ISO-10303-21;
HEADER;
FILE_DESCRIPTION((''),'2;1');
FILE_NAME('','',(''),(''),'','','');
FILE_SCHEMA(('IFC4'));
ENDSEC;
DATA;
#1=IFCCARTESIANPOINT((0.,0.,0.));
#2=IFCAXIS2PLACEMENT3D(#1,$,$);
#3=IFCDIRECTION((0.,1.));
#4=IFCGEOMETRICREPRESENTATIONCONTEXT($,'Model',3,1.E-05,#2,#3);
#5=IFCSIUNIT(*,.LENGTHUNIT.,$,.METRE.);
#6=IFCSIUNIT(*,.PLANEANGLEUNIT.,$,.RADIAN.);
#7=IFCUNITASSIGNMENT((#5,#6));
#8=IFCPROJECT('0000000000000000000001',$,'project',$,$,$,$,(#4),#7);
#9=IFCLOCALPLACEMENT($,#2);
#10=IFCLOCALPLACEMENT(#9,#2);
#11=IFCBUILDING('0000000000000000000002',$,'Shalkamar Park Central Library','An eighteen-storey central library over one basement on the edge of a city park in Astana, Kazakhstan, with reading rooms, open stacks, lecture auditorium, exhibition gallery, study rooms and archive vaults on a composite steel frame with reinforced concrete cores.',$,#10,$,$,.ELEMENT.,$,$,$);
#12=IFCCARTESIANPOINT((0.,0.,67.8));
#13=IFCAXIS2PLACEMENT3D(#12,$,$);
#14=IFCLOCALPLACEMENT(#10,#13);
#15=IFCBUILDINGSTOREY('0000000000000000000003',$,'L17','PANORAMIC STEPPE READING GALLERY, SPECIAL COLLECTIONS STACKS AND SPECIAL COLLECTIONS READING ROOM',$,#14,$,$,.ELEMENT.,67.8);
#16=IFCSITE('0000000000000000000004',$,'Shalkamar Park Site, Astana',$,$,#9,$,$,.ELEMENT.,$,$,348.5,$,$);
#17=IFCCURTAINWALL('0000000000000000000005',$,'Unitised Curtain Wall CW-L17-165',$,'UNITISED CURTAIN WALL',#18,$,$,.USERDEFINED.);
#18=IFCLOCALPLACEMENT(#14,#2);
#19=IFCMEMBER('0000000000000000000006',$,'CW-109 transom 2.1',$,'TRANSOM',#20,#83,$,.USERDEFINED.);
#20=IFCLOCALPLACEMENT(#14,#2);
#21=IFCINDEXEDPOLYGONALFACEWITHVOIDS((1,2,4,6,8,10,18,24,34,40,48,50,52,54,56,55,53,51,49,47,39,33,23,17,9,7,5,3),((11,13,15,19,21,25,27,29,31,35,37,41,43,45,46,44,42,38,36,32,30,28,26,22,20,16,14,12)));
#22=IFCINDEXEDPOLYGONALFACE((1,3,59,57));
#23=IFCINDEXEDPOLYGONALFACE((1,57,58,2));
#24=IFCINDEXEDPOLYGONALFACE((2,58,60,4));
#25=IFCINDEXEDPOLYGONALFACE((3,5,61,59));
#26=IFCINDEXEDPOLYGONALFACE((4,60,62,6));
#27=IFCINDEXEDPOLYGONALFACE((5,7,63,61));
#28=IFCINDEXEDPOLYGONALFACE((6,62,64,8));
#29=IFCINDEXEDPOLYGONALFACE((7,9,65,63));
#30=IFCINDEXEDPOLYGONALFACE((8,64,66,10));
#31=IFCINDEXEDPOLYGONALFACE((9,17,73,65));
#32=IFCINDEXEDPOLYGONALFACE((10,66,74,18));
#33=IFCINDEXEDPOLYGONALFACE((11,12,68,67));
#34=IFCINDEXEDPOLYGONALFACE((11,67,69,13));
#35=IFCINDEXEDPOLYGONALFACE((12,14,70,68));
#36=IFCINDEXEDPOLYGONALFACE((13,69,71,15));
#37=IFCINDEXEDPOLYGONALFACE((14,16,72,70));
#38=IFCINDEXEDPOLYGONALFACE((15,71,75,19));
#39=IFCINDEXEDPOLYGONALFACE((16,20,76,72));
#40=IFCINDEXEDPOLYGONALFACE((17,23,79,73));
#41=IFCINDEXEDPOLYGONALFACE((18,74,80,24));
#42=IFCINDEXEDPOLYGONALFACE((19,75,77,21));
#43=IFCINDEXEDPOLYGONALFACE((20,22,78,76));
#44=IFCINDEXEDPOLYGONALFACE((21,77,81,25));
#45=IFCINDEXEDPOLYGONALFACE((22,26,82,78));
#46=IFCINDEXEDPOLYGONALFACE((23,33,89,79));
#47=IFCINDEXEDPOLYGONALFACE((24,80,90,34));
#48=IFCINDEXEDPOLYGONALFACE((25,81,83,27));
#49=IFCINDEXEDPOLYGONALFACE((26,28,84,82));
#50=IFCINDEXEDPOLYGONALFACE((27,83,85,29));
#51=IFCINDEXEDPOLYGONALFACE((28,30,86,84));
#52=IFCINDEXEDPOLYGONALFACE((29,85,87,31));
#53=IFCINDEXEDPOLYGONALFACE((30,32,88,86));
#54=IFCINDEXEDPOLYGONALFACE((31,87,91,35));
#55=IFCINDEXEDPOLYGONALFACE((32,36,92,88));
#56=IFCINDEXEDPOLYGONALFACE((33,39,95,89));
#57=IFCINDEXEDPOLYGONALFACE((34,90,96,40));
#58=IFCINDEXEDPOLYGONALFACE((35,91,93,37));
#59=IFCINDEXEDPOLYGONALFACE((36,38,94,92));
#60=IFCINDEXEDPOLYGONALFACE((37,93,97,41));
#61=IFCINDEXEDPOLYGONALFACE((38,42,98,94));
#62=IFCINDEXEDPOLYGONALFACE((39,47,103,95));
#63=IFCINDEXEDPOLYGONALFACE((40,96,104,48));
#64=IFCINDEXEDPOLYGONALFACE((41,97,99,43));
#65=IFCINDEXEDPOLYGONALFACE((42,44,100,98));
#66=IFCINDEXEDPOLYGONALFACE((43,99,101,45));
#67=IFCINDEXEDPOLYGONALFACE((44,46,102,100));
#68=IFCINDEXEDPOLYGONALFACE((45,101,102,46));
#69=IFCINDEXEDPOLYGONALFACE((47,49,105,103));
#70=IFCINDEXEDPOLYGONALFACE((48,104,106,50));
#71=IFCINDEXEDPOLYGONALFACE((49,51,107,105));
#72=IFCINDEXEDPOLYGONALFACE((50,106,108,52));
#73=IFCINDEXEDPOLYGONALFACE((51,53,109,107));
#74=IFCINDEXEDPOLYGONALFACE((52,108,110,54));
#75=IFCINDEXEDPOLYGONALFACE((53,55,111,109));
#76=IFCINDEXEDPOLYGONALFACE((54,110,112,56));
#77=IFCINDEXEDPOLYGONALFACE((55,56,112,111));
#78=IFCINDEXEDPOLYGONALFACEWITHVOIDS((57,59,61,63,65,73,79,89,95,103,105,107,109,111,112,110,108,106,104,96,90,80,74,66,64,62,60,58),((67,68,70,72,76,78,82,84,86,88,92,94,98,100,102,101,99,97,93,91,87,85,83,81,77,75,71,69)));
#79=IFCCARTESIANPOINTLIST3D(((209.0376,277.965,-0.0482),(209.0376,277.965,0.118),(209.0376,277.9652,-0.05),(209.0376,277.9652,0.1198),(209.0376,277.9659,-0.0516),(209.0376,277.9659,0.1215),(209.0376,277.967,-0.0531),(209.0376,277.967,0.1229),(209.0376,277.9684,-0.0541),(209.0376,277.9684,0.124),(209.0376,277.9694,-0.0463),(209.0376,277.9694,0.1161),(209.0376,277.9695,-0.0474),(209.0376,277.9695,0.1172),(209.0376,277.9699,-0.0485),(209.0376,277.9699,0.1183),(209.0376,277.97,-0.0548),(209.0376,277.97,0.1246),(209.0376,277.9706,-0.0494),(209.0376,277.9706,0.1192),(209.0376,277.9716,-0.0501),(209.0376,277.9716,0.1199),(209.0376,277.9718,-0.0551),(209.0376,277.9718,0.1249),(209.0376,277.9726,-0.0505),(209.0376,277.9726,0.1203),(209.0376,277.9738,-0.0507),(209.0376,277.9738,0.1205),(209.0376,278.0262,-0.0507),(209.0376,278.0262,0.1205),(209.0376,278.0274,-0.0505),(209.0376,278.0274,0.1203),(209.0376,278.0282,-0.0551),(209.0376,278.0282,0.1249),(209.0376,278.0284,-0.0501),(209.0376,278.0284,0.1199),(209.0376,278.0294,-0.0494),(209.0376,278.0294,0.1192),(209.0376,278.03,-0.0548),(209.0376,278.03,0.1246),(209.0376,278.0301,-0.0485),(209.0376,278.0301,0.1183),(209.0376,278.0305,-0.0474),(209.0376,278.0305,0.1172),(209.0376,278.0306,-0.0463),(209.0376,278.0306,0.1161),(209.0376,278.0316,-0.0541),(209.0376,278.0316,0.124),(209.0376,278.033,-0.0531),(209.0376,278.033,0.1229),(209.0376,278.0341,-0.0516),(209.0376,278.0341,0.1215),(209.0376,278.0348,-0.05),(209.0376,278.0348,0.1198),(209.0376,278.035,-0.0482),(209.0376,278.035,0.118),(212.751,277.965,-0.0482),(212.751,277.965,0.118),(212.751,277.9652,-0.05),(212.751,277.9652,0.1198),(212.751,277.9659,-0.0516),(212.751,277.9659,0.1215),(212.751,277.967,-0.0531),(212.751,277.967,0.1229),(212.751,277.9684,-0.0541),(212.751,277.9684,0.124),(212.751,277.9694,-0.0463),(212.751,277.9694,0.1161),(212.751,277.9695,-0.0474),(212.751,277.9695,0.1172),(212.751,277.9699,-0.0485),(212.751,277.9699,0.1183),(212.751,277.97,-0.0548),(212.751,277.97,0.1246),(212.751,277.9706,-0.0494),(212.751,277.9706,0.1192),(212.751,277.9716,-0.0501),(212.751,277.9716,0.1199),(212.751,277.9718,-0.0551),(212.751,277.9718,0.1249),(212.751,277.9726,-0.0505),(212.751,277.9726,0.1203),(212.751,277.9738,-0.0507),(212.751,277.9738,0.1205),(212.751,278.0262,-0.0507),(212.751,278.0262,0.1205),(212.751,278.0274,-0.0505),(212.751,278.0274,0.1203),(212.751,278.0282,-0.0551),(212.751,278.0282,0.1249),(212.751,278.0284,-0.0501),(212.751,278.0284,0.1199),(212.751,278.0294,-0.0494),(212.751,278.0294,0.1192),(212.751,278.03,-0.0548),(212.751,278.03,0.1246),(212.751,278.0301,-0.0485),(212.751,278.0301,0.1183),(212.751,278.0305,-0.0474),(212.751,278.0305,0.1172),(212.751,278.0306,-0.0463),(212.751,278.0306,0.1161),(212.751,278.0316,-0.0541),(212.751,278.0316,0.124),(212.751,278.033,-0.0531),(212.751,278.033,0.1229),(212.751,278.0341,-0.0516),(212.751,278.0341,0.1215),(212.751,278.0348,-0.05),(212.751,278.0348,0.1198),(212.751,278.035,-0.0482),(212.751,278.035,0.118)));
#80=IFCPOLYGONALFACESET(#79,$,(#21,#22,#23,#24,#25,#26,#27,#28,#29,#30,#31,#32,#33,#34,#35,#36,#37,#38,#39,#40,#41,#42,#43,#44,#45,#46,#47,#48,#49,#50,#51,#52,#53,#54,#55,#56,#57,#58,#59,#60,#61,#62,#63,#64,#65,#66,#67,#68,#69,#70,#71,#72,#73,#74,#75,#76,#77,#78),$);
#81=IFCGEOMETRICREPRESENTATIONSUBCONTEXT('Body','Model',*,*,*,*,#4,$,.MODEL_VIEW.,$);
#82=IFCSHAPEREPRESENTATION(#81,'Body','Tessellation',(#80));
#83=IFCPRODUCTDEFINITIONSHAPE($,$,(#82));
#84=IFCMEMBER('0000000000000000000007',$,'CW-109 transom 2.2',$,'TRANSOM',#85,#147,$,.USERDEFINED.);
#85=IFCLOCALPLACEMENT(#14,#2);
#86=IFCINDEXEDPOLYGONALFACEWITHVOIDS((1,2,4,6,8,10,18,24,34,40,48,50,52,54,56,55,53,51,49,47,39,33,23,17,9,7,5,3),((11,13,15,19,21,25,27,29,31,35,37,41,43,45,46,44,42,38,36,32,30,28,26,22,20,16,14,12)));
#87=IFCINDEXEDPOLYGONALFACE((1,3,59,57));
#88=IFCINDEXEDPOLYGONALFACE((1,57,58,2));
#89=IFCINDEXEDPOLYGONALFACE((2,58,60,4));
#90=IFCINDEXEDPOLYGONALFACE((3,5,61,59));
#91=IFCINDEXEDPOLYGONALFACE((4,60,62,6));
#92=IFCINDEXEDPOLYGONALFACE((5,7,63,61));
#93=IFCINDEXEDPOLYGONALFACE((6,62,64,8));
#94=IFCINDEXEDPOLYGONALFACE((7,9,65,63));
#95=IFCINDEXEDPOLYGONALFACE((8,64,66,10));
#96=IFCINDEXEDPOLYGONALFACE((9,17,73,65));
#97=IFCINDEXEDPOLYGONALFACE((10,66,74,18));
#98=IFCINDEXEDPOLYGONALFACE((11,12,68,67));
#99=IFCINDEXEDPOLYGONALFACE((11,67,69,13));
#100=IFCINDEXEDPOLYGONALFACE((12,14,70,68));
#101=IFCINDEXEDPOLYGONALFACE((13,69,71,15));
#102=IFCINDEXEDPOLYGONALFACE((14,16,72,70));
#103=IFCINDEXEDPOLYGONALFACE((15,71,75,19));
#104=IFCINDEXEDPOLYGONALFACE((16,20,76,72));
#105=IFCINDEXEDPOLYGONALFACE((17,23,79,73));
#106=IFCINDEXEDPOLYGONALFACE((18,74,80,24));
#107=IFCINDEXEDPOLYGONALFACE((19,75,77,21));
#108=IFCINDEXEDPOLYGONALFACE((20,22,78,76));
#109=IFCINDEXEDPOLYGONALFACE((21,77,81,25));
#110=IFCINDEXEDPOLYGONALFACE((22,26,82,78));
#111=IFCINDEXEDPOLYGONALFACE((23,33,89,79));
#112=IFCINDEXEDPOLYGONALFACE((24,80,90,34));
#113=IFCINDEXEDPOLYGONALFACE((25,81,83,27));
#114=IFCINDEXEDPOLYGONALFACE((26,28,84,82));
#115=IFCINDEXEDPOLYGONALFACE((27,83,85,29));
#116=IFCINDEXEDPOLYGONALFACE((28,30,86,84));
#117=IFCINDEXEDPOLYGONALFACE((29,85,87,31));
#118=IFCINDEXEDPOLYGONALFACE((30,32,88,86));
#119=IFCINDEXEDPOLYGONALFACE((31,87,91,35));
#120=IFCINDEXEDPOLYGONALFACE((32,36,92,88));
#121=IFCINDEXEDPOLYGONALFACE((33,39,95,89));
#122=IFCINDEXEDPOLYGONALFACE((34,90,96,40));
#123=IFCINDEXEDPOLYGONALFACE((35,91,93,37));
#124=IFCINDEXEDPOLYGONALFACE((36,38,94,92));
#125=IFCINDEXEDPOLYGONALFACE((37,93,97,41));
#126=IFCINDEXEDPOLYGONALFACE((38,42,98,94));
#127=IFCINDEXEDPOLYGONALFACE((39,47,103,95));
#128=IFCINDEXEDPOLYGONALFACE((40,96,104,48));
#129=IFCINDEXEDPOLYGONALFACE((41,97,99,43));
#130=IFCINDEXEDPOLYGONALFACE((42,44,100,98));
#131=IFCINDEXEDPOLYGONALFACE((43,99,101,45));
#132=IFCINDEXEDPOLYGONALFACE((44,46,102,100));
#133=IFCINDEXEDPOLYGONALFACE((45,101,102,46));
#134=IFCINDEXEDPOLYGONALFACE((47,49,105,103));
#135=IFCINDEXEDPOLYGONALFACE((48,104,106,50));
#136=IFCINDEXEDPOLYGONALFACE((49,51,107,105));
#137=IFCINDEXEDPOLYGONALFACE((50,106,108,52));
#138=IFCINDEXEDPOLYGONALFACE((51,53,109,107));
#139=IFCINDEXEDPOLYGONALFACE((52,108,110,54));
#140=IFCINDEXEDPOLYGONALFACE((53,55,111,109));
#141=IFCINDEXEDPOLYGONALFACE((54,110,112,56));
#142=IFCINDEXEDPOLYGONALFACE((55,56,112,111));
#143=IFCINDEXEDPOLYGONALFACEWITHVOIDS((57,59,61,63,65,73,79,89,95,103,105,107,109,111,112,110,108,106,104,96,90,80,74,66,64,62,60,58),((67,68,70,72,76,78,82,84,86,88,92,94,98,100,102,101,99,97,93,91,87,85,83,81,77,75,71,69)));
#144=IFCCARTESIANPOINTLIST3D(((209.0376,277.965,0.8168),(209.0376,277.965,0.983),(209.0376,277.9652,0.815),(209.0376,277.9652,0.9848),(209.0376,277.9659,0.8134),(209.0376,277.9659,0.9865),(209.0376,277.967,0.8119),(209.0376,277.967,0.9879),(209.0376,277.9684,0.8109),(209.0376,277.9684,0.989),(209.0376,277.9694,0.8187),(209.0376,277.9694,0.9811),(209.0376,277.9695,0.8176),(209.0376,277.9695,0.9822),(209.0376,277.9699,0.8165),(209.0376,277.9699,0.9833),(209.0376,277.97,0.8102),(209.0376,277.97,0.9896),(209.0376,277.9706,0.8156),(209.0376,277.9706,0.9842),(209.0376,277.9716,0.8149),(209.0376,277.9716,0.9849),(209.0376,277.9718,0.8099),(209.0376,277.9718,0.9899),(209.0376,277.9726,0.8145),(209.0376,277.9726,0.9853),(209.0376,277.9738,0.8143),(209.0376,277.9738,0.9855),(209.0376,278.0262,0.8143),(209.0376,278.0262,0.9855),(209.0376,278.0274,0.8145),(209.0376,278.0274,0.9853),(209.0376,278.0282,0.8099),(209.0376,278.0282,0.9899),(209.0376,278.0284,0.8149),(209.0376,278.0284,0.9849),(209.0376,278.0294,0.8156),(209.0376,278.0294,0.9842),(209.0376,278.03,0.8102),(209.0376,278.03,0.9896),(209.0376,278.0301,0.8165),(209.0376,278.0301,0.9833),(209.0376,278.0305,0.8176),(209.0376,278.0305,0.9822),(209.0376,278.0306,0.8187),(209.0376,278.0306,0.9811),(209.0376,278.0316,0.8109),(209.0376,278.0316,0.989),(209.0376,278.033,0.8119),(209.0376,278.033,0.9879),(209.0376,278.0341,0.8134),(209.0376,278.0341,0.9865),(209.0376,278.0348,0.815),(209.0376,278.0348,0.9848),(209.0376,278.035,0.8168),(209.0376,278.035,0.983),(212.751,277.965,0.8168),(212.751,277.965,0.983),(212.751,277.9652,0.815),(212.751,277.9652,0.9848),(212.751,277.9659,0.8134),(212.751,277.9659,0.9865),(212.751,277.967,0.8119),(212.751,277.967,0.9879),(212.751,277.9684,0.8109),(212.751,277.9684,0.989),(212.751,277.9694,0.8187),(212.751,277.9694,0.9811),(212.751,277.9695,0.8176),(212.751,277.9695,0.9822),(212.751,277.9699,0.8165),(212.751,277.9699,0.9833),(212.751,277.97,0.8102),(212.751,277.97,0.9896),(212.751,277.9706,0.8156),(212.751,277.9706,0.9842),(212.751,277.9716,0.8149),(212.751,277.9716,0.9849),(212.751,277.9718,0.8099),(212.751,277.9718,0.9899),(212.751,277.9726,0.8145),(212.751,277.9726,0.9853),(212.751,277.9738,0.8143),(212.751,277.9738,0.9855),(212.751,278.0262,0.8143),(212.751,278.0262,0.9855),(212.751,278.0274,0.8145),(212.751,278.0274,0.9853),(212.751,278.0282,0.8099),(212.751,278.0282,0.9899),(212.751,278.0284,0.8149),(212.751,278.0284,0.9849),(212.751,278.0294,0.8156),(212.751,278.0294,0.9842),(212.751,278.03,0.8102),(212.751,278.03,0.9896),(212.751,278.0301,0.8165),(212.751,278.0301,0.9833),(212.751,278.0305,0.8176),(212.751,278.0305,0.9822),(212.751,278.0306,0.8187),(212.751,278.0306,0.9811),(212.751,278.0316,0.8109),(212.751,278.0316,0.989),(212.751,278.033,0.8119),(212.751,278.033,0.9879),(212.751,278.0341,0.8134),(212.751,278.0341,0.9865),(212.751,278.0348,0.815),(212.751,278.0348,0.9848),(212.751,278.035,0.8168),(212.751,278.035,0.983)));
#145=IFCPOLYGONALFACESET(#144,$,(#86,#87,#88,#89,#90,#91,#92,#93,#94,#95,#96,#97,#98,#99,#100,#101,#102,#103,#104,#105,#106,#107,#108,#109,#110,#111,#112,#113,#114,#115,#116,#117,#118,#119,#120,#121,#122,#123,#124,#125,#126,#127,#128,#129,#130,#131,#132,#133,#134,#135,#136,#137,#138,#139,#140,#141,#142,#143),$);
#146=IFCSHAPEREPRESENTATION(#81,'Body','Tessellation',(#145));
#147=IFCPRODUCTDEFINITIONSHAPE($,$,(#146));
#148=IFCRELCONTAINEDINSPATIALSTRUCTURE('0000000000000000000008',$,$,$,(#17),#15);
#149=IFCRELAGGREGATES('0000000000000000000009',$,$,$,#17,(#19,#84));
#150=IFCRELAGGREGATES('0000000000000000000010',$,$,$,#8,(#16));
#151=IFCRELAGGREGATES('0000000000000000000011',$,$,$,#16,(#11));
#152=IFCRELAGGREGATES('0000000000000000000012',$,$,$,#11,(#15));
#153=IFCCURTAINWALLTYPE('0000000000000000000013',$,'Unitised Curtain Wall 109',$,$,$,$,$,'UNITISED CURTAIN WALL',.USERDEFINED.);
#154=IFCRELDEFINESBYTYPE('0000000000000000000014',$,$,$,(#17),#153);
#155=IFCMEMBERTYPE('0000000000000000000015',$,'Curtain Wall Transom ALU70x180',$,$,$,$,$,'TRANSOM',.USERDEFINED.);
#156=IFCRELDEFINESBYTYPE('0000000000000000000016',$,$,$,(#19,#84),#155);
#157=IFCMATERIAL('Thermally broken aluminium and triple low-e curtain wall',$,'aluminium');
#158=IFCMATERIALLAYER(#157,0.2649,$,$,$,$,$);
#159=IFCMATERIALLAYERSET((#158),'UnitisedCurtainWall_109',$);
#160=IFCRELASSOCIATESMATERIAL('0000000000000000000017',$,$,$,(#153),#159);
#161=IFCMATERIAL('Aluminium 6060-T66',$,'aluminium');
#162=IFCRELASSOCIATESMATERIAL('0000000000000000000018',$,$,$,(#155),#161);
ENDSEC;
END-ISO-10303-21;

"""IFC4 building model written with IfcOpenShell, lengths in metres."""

from ifc_helpers import new_model, si_unit, direction, frame, origin, origin_2d, place, context, subcontext, project, spatial, hollow_rectangle, extrude, material, layer, layer_set, material_profile, profile_set, type_object, element, aggregate, save


model = new_model("IFC4")

# Units and contexts
model_context = context("Model", 3, precision=1e-05, world=origin(), true_north=direction((0.0, 1.0)))
body_context = subcontext(model_context, "Body", "Model", "MODEL_VIEW")
ifc_project = project(units=[si_unit("LENGTHUNIT", "METRE"), si_unit("PLANEANGLEUNIT", "RADIAN")], contexts=[model_context])

# Site, building, storey
site_placement = place(None, origin())
site = spatial("IfcSite", under=ifc_project, at=site_placement, Name="Shalkamar Park Site, Astana", CompositionType="ELEMENT", RefElevation=348.5)
building_placement = place(site_placement, origin())
building = spatial("IfcBuilding", under=site, at=building_placement, Name="Shalkamar Park Central Library", Description="An eighteen-storey central library over one basement on the edge of a city park in Astana, Kazakhstan, with reading rooms, open stacks, lecture auditorium, exhibition gallery, study rooms and archive vaults on a composite steel frame with reinforced concrete cores.", CompositionType="ELEMENT")
storey_placement = place(building_placement, frame((0.0, 0.0, 67.8)))
storey = spatial("IfcBuildingStorey", under=building, at=storey_placement, Name="L17", Description="PANORAMIC STEPPE READING GALLERY, SPECIAL COLLECTIONS STACKS AND SPECIAL COLLECTIONS READING ROOM", CompositionType="ELEMENT", Elevation=67.8)

# Shared definitions
ifc_material_1 = material(Name="Thermally broken aluminium and triple low-e curtain wall", Category="aluminium")
ifc_material_2 = material(Name="Aluminium 6060-T66", Category="aluminium")

# Curtain wall, members
ifc_layer_1 = layer(ifc_material_1, 0.2649)
ifc_layer_set_1 = layer_set([ifc_layer_1], Name="UnitisedCurtainWall_109")
curtain_wall_type_1 = type_object("IfcCurtainWallType", Name="Unitised Curtain Wall 109", ElementType="UNITISED CURTAIN WALL", PredefinedType="USERDEFINED", material=ifc_layer_set_1)
curtain_wall_1_placement = place(storey_placement, origin())
curtain_wall_1 = element("IfcCurtainWall", 1, at=curtain_wall_1_placement, inside=storey, type_object=curtain_wall_type_1, Name="Unitised Curtain Wall CW-L17-165", ObjectType="UNITISED CURTAIN WALL", PredefinedType="USERDEFINED")
ifc_material_profile_1 = material_profile(ifc_material_2, hollow_rectangle(XDim=0.0701, YDim=0.1799, WallThickness=0.0044, InnerFilletRadius=0.0044, OuterFilletRadius=0.0068, at=origin_2d()), Name="ALU 70x180x4.5")
ifc_profile_set_1 = profile_set([ifc_material_profile_1], Name="Aluminium 6060-T66")
member_type_1 = type_object("IfcMemberType", Name="Curtain Wall Transom ALU70x180", ElementType="TRANSOM", PredefinedType="USERDEFINED", material=ifc_profile_set_1)
member_1_placement = place(storey_placement, frame((209.0376, 278.0, 0.0349), z_axis=(1.0, 0.0, 0.0), x_axis=(0.0, 1.0, 0.0)))
member_1 = element("IfcMember", 2, at=member_1_placement, type_object=member_type_1, Name="CW-109 transom 2.1", ObjectType="TRANSOM", PredefinedType="USERDEFINED", context=body_context, shape_type="SweptSolid", body=[
    extrude(hollow_rectangle(XDim=0.0701, YDim=0.1799, WallThickness=0.0044, InnerFilletRadius=0.0044, OuterFilletRadius=0.0068, at=origin_2d()), origin(), (0.0, 0.0, 1.0), 3.7134),
])
member_2_placement = place(storey_placement, frame((209.0376, 278.0, 0.8999), z_axis=(1.0, 0.0, 0.0), x_axis=(0.0, 1.0, 0.0)))
member_2 = element("IfcMember", 3, at=member_2_placement, type_object=member_type_1, Name="CW-109 transom 2.2", ObjectType="TRANSOM", PredefinedType="USERDEFINED", context=body_context, shape_type="SweptSolid", body=[
    extrude(hollow_rectangle(XDim=0.0701, YDim=0.1799, WallThickness=0.0044, InnerFilletRadius=0.0044, OuterFilletRadius=0.0068, at=origin_2d()), origin(), (0.0, 0.0, 1.0), 3.7134),
])

aggregate(curtain_wall_1, [member_1, member_2])

save(model, "model.ifc")
